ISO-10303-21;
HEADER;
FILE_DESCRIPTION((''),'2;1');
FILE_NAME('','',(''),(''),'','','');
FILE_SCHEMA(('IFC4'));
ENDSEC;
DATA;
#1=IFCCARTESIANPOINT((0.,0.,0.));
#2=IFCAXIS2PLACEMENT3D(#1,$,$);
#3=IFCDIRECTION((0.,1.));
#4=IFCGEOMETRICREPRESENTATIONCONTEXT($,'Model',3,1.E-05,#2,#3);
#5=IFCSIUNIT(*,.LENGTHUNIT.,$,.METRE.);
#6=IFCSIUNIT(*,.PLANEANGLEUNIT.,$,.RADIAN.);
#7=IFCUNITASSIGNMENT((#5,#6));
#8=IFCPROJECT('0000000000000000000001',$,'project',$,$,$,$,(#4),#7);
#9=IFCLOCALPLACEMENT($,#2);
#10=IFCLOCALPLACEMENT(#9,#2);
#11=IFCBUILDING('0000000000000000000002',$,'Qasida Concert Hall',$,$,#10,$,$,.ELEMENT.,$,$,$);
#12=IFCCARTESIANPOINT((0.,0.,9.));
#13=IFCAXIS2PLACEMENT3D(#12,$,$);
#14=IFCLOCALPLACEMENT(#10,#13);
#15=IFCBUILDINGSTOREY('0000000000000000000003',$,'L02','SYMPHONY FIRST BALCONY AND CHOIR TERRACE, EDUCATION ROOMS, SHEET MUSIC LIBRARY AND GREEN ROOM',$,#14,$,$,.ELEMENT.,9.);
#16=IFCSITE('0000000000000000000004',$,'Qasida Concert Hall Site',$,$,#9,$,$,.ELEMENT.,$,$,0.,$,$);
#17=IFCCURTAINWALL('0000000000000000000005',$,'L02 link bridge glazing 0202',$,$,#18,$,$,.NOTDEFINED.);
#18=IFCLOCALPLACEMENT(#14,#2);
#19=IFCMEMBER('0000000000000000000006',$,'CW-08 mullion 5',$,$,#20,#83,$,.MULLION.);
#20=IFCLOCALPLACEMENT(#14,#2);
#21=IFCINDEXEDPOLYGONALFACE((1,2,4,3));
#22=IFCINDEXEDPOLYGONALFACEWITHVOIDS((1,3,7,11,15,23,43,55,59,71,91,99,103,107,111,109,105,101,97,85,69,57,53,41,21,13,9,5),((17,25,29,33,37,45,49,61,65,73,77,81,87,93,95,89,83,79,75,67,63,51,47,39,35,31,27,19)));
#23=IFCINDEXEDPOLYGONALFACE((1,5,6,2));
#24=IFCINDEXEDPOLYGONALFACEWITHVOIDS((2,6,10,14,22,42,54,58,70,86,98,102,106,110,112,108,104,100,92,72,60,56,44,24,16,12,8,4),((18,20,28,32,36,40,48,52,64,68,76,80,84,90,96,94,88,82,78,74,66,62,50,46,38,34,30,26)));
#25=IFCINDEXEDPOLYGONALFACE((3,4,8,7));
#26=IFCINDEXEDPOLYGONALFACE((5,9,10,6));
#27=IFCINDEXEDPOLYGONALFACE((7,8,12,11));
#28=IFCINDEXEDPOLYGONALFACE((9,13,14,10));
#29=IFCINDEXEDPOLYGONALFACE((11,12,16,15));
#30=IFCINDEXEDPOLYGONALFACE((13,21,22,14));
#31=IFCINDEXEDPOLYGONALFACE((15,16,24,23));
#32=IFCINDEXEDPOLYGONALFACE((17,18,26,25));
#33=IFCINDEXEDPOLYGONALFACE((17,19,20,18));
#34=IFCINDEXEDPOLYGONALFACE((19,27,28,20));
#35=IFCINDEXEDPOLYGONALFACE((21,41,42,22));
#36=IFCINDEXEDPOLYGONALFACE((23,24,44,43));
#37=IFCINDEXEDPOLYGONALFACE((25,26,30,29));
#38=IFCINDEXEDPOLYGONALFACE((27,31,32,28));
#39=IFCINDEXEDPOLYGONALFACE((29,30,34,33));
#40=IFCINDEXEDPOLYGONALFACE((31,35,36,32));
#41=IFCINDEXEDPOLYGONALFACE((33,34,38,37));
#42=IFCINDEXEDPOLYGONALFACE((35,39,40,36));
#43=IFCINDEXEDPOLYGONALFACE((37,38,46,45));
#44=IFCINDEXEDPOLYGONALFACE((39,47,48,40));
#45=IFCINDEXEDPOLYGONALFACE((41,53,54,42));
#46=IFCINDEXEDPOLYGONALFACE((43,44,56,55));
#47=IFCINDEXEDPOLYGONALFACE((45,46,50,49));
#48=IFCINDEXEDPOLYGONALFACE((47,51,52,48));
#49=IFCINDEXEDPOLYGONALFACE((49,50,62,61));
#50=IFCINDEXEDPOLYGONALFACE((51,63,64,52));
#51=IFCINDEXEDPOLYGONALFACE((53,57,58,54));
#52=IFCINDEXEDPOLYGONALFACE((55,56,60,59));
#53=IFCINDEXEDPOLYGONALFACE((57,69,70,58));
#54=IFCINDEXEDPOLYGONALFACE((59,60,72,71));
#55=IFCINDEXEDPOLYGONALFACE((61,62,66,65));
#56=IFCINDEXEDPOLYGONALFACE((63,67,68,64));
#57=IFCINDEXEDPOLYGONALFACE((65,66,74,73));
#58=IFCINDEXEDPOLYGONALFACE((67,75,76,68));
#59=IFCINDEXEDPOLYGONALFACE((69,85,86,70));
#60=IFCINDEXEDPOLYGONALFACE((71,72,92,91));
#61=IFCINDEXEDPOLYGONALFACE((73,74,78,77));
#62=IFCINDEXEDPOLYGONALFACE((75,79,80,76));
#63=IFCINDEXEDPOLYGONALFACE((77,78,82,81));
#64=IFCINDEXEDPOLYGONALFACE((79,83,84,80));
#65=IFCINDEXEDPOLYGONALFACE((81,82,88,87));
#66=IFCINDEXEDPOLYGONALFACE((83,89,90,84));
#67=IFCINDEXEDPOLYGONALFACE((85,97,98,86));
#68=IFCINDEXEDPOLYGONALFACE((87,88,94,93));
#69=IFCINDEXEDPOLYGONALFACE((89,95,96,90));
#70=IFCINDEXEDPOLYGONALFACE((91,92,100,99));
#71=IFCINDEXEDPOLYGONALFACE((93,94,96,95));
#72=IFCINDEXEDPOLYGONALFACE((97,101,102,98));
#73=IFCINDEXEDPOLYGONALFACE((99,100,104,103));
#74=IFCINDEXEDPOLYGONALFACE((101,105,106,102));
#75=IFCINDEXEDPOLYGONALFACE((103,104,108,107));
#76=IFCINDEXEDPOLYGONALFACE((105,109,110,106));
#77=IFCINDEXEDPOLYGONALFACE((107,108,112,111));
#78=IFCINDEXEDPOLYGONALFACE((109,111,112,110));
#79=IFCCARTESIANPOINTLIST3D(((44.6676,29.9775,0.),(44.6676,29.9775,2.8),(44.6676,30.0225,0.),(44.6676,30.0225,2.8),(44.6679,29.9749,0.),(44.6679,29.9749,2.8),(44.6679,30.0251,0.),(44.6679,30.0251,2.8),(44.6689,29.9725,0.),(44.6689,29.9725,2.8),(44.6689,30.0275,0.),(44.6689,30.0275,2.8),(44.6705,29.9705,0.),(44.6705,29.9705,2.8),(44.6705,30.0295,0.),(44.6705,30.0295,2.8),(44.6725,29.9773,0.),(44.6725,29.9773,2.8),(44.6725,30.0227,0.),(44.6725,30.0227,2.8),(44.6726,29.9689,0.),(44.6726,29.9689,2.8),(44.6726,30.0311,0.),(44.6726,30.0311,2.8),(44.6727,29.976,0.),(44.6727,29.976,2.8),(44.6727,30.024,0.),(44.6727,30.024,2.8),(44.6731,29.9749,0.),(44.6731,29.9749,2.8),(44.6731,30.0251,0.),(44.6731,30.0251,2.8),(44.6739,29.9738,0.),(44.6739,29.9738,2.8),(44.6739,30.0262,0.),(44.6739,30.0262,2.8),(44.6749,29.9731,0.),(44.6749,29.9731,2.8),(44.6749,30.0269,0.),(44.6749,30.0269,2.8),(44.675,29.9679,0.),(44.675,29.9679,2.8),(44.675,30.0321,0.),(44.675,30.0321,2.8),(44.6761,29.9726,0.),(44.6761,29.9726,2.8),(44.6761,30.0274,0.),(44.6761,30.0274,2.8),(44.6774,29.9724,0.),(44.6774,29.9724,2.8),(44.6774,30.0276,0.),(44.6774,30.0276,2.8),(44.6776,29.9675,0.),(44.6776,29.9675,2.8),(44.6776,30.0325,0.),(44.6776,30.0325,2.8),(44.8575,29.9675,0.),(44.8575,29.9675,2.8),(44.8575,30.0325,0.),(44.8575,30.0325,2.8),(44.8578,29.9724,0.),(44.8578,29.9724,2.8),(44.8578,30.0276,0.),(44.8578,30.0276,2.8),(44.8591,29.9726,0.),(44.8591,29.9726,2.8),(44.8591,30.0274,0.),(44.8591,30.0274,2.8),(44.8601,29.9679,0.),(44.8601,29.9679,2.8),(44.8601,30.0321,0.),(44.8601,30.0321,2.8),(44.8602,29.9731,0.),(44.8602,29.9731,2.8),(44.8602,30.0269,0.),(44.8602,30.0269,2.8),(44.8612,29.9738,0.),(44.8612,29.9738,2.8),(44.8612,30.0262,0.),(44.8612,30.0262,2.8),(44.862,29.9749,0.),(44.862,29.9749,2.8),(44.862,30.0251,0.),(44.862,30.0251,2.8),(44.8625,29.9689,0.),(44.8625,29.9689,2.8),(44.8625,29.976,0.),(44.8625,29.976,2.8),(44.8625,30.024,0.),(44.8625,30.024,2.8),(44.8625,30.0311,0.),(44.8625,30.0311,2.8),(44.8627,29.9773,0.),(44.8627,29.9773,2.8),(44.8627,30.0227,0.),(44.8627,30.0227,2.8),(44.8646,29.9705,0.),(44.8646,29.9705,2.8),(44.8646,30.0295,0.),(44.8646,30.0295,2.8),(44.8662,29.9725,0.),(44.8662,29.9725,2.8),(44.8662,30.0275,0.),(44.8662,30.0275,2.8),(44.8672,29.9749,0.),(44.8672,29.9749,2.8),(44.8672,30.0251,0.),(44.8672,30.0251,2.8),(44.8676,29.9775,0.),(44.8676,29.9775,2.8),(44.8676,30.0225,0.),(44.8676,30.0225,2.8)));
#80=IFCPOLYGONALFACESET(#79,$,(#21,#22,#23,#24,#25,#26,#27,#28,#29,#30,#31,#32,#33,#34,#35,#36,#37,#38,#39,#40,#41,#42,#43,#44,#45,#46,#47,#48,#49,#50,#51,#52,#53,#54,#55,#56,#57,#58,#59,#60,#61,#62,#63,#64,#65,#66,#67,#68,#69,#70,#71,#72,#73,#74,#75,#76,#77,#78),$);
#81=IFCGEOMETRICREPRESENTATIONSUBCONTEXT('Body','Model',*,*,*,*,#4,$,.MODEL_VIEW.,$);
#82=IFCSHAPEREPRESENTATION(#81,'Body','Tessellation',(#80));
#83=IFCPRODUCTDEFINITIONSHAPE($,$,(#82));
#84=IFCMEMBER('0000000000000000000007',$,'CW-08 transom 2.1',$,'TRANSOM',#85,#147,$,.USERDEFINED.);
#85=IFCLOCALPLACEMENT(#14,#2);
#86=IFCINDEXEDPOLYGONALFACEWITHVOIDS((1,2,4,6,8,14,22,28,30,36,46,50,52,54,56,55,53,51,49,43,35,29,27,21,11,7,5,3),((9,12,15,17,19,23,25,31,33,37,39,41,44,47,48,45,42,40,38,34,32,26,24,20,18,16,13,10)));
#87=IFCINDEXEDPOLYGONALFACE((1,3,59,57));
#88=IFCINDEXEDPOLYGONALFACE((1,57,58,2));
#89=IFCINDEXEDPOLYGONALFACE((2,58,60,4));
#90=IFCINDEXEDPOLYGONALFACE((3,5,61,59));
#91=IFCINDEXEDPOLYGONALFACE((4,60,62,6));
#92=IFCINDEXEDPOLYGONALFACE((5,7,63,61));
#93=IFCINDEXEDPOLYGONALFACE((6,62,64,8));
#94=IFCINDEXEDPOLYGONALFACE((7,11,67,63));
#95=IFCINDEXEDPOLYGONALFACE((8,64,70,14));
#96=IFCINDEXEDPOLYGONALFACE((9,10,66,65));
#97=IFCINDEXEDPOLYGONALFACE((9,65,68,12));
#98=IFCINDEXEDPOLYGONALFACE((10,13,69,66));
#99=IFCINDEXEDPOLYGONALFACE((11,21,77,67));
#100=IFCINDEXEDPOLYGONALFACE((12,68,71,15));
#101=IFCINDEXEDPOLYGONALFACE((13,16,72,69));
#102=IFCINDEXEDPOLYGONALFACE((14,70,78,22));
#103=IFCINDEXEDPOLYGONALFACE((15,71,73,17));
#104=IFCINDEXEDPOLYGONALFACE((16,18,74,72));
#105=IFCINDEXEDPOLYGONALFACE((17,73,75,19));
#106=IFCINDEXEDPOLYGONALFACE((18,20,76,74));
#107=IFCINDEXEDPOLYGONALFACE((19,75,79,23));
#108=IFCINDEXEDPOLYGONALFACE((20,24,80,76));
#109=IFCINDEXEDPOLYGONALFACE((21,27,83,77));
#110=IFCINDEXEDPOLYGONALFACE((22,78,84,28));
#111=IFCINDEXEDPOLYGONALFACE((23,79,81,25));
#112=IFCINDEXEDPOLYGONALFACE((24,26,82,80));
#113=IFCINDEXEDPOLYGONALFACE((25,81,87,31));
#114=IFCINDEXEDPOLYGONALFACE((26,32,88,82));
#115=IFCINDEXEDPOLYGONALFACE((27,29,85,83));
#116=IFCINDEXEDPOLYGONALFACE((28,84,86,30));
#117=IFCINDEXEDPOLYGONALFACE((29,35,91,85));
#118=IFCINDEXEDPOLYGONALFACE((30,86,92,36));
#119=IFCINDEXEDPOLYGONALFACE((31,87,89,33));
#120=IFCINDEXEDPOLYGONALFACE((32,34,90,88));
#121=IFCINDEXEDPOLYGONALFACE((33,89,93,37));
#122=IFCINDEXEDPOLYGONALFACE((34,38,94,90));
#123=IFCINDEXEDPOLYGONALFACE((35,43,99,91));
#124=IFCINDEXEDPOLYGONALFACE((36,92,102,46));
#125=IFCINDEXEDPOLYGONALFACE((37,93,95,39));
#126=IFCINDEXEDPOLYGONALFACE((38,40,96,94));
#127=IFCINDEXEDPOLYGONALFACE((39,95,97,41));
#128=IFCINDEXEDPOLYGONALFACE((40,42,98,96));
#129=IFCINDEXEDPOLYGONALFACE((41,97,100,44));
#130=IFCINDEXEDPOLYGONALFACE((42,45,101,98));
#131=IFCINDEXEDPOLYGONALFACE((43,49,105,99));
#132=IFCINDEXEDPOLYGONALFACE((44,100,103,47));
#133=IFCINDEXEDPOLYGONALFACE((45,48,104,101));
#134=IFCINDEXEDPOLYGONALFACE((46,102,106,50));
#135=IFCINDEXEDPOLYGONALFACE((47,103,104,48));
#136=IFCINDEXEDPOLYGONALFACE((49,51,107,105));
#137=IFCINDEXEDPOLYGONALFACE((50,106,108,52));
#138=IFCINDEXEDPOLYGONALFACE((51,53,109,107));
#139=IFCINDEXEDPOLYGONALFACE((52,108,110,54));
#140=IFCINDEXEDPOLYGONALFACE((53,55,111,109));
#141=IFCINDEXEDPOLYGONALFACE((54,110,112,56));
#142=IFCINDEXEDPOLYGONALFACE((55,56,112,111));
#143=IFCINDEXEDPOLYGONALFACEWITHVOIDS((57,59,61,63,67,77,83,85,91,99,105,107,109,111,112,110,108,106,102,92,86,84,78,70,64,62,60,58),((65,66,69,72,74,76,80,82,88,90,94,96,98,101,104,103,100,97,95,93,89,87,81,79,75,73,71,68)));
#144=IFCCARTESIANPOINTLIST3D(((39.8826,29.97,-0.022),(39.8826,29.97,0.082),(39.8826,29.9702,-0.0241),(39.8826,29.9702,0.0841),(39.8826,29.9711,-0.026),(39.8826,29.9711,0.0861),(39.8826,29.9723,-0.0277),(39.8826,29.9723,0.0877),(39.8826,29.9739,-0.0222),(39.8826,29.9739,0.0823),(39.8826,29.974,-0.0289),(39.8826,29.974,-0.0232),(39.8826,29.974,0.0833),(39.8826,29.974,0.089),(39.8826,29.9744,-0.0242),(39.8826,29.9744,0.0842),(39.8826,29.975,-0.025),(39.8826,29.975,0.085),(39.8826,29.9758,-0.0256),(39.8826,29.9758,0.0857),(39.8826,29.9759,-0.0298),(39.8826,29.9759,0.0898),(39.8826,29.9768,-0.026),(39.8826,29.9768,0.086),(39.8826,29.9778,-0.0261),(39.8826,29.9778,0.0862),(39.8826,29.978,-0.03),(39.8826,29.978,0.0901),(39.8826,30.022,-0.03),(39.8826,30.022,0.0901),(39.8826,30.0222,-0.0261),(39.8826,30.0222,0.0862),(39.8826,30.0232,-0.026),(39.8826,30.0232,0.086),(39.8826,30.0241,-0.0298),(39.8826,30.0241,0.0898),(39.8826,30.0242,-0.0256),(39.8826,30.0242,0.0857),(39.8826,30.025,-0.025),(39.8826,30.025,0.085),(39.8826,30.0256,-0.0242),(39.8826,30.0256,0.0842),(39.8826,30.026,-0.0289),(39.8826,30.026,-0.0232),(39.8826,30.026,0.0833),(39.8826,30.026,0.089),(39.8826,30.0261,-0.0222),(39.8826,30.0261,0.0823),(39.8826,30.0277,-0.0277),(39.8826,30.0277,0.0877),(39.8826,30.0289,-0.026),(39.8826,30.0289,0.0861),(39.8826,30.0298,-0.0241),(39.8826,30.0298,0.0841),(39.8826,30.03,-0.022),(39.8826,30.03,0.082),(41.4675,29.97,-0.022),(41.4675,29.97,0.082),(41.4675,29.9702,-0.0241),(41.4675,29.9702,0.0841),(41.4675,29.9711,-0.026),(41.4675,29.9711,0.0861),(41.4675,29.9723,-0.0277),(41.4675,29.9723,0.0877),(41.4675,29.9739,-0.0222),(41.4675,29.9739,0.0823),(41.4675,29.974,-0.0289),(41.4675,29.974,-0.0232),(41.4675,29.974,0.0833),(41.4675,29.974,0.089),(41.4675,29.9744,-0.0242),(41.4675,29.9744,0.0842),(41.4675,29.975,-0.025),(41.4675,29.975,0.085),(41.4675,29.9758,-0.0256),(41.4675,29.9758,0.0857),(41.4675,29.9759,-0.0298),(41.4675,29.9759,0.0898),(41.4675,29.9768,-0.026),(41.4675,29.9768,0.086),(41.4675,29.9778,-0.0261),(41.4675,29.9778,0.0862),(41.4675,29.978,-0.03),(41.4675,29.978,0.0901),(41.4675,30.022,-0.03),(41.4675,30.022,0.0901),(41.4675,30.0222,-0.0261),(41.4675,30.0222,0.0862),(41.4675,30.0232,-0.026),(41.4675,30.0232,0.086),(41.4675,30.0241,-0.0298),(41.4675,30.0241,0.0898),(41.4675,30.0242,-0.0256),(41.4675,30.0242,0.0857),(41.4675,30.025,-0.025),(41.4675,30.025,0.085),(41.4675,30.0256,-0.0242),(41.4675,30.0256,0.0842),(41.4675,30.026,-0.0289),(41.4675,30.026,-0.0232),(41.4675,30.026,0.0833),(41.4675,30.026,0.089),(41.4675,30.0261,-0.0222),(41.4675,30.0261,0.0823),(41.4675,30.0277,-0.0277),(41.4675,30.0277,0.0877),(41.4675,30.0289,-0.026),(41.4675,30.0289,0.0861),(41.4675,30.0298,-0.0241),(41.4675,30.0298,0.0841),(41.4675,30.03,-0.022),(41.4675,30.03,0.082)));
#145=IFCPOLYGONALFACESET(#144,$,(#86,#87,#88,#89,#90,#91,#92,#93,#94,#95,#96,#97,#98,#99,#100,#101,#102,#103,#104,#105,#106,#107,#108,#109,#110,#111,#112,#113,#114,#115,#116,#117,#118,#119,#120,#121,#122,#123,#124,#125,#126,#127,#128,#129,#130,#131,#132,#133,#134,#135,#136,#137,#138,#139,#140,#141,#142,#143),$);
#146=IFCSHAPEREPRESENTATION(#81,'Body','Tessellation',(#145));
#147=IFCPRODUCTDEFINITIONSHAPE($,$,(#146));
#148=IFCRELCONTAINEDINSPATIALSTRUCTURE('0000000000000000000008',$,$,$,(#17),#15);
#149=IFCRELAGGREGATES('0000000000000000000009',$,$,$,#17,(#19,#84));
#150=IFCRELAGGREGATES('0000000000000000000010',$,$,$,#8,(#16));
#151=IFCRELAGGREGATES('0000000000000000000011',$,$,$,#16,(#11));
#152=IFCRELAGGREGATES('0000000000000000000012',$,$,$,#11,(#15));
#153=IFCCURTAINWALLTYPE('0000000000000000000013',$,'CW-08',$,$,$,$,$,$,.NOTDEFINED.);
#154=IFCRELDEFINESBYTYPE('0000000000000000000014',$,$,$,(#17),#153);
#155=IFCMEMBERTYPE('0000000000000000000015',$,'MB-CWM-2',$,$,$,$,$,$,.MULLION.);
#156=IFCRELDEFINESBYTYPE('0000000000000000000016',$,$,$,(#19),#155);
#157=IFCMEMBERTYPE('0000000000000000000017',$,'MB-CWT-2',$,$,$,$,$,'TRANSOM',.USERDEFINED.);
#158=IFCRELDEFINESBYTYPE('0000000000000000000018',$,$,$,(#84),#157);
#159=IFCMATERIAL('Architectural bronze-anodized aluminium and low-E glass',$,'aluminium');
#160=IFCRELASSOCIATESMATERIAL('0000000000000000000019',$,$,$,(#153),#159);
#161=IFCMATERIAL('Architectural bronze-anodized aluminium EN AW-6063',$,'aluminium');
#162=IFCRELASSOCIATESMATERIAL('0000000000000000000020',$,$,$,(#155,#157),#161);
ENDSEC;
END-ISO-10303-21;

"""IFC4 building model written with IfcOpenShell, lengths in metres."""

from ifc_helpers import new_model, si_unit, direction, frame, origin, origin_2d, place, context, subcontext, project, spatial, hollow_rectangle, extrude, material, material_profile, profile_set, type_object, element, aggregate, save


model = new_model("IFC4")

# Units and contexts
model_context = context("Model", 3, precision=1e-05, world=origin(), true_north=direction((0.0, 1.0)))
body_context = subcontext(model_context, "Body", "Model", "MODEL_VIEW")
ifc_project = project(units=[si_unit("LENGTHUNIT", "METRE"), si_unit("PLANEANGLEUNIT", "RADIAN")], contexts=[model_context])

# Site, building, storey
site_placement = place(None, origin())
site = spatial("IfcSite", under=ifc_project, at=site_placement, Name="Qasida Concert Hall Site", CompositionType="ELEMENT", RefElevation=0.0)
building_placement = place(site_placement, origin())
building = spatial("IfcBuilding", under=site, at=building_placement, Name="Qasida Concert Hall", CompositionType="ELEMENT")
storey_placement = place(building_placement, frame((0.0, 0.0, 9.0)))
storey = spatial("IfcBuildingStorey", under=building, at=storey_placement, Name="L02", Description="SYMPHONY FIRST BALCONY AND CHOIR TERRACE, EDUCATION ROOMS, SHEET MUSIC LIBRARY AND GREEN ROOM", CompositionType="ELEMENT", Elevation=9.0)

# Curtain wall, members
ifc_material_1 = material(Name="Architectural bronze-anodized aluminium and low-E glass", Category="aluminium")
curtain_wall_type = type_object("IfcCurtainWallType", Name="CW-08", PredefinedType="NOTDEFINED", material=ifc_material_1)
curtain_wall_placement = place(storey_placement, origin())
curtain_wall = element("IfcCurtainWall", 1, at=curtain_wall_placement, inside=storey, type_object=curtain_wall_type, Name="L02 link bridge glazing 0202", PredefinedType="NOTDEFINED")
ifc_material_2 = material(Name="Architectural bronze-anodized aluminium EN AW-6063", Category="aluminium")
ifc_material_profile_1 = material_profile(ifc_material_2, hollow_rectangle(XDim=0.0649, YDim=0.2, WallThickness=0.0049, InnerFilletRadius=0.0049, OuterFilletRadius=0.01, at=origin_2d()), Name="CWM 200x65x5")
ifc_profile_set_1 = profile_set([ifc_material_profile_1], Name="Architectural bronze-anodized aluminium EN AW-6063")
member_type_1 = type_object("IfcMemberType", Name="MB-CWM-2", PredefinedType="MULLION", material=ifc_profile_set_1)
member_1_placement = place(storey_placement, frame((44.7676, 30.0, 0.0), z_axis=(0.0, 0.0, 1.0), x_axis=(0.0, 1.0, 0.0)))
member_1 = element("IfcMember", 2, at=member_1_placement, type_object=member_type_1, Name="CW-08 mullion 5", PredefinedType="MULLION", context=body_context, shape_type="SweptSolid", body=[
    extrude(hollow_rectangle(XDim=0.0649, YDim=0.2, WallThickness=0.0049, InnerFilletRadius=0.0049, OuterFilletRadius=0.01, at=origin_2d()), origin(), (0.0, 0.0, 1.0), 2.8),
])
ifc_material_profile_2 = material_profile(ifc_material_2, hollow_rectangle(XDim=0.0601, YDim=0.1201, WallThickness=0.0039, InnerFilletRadius=0.0039, OuterFilletRadius=0.0081, at=origin_2d()), Name="CWT 120x60x4")
ifc_profile_set_2 = profile_set([ifc_material_profile_2], Name="Architectural bronze-anodized aluminium EN AW-6063")
member_type_2 = type_object("IfcMemberType", Name="MB-CWT-2", ElementType="TRANSOM", PredefinedType="USERDEFINED", material=ifc_profile_set_2)
member_2_placement = place(storey_placement, frame((39.8826, 30.0, 0.03), z_axis=(1.0, 0.0, 0.0), x_axis=(0.0, 1.0, 0.0)))
member_2 = element("IfcMember", 3, at=member_2_placement, type_object=member_type_2, Name="CW-08 transom 2.1", ObjectType="TRANSOM", PredefinedType="USERDEFINED", context=body_context, shape_type="SweptSolid", body=[
    extrude(hollow_rectangle(XDim=0.0601, YDim=0.1201, WallThickness=0.0039, InnerFilletRadius=0.0039, OuterFilletRadius=0.0081, at=origin_2d()), origin(), (0.0, 0.0, 1.0), 1.585),
])
aggregate(curtain_wall, [member_1, member_2])

save(model, "model.ifc")
